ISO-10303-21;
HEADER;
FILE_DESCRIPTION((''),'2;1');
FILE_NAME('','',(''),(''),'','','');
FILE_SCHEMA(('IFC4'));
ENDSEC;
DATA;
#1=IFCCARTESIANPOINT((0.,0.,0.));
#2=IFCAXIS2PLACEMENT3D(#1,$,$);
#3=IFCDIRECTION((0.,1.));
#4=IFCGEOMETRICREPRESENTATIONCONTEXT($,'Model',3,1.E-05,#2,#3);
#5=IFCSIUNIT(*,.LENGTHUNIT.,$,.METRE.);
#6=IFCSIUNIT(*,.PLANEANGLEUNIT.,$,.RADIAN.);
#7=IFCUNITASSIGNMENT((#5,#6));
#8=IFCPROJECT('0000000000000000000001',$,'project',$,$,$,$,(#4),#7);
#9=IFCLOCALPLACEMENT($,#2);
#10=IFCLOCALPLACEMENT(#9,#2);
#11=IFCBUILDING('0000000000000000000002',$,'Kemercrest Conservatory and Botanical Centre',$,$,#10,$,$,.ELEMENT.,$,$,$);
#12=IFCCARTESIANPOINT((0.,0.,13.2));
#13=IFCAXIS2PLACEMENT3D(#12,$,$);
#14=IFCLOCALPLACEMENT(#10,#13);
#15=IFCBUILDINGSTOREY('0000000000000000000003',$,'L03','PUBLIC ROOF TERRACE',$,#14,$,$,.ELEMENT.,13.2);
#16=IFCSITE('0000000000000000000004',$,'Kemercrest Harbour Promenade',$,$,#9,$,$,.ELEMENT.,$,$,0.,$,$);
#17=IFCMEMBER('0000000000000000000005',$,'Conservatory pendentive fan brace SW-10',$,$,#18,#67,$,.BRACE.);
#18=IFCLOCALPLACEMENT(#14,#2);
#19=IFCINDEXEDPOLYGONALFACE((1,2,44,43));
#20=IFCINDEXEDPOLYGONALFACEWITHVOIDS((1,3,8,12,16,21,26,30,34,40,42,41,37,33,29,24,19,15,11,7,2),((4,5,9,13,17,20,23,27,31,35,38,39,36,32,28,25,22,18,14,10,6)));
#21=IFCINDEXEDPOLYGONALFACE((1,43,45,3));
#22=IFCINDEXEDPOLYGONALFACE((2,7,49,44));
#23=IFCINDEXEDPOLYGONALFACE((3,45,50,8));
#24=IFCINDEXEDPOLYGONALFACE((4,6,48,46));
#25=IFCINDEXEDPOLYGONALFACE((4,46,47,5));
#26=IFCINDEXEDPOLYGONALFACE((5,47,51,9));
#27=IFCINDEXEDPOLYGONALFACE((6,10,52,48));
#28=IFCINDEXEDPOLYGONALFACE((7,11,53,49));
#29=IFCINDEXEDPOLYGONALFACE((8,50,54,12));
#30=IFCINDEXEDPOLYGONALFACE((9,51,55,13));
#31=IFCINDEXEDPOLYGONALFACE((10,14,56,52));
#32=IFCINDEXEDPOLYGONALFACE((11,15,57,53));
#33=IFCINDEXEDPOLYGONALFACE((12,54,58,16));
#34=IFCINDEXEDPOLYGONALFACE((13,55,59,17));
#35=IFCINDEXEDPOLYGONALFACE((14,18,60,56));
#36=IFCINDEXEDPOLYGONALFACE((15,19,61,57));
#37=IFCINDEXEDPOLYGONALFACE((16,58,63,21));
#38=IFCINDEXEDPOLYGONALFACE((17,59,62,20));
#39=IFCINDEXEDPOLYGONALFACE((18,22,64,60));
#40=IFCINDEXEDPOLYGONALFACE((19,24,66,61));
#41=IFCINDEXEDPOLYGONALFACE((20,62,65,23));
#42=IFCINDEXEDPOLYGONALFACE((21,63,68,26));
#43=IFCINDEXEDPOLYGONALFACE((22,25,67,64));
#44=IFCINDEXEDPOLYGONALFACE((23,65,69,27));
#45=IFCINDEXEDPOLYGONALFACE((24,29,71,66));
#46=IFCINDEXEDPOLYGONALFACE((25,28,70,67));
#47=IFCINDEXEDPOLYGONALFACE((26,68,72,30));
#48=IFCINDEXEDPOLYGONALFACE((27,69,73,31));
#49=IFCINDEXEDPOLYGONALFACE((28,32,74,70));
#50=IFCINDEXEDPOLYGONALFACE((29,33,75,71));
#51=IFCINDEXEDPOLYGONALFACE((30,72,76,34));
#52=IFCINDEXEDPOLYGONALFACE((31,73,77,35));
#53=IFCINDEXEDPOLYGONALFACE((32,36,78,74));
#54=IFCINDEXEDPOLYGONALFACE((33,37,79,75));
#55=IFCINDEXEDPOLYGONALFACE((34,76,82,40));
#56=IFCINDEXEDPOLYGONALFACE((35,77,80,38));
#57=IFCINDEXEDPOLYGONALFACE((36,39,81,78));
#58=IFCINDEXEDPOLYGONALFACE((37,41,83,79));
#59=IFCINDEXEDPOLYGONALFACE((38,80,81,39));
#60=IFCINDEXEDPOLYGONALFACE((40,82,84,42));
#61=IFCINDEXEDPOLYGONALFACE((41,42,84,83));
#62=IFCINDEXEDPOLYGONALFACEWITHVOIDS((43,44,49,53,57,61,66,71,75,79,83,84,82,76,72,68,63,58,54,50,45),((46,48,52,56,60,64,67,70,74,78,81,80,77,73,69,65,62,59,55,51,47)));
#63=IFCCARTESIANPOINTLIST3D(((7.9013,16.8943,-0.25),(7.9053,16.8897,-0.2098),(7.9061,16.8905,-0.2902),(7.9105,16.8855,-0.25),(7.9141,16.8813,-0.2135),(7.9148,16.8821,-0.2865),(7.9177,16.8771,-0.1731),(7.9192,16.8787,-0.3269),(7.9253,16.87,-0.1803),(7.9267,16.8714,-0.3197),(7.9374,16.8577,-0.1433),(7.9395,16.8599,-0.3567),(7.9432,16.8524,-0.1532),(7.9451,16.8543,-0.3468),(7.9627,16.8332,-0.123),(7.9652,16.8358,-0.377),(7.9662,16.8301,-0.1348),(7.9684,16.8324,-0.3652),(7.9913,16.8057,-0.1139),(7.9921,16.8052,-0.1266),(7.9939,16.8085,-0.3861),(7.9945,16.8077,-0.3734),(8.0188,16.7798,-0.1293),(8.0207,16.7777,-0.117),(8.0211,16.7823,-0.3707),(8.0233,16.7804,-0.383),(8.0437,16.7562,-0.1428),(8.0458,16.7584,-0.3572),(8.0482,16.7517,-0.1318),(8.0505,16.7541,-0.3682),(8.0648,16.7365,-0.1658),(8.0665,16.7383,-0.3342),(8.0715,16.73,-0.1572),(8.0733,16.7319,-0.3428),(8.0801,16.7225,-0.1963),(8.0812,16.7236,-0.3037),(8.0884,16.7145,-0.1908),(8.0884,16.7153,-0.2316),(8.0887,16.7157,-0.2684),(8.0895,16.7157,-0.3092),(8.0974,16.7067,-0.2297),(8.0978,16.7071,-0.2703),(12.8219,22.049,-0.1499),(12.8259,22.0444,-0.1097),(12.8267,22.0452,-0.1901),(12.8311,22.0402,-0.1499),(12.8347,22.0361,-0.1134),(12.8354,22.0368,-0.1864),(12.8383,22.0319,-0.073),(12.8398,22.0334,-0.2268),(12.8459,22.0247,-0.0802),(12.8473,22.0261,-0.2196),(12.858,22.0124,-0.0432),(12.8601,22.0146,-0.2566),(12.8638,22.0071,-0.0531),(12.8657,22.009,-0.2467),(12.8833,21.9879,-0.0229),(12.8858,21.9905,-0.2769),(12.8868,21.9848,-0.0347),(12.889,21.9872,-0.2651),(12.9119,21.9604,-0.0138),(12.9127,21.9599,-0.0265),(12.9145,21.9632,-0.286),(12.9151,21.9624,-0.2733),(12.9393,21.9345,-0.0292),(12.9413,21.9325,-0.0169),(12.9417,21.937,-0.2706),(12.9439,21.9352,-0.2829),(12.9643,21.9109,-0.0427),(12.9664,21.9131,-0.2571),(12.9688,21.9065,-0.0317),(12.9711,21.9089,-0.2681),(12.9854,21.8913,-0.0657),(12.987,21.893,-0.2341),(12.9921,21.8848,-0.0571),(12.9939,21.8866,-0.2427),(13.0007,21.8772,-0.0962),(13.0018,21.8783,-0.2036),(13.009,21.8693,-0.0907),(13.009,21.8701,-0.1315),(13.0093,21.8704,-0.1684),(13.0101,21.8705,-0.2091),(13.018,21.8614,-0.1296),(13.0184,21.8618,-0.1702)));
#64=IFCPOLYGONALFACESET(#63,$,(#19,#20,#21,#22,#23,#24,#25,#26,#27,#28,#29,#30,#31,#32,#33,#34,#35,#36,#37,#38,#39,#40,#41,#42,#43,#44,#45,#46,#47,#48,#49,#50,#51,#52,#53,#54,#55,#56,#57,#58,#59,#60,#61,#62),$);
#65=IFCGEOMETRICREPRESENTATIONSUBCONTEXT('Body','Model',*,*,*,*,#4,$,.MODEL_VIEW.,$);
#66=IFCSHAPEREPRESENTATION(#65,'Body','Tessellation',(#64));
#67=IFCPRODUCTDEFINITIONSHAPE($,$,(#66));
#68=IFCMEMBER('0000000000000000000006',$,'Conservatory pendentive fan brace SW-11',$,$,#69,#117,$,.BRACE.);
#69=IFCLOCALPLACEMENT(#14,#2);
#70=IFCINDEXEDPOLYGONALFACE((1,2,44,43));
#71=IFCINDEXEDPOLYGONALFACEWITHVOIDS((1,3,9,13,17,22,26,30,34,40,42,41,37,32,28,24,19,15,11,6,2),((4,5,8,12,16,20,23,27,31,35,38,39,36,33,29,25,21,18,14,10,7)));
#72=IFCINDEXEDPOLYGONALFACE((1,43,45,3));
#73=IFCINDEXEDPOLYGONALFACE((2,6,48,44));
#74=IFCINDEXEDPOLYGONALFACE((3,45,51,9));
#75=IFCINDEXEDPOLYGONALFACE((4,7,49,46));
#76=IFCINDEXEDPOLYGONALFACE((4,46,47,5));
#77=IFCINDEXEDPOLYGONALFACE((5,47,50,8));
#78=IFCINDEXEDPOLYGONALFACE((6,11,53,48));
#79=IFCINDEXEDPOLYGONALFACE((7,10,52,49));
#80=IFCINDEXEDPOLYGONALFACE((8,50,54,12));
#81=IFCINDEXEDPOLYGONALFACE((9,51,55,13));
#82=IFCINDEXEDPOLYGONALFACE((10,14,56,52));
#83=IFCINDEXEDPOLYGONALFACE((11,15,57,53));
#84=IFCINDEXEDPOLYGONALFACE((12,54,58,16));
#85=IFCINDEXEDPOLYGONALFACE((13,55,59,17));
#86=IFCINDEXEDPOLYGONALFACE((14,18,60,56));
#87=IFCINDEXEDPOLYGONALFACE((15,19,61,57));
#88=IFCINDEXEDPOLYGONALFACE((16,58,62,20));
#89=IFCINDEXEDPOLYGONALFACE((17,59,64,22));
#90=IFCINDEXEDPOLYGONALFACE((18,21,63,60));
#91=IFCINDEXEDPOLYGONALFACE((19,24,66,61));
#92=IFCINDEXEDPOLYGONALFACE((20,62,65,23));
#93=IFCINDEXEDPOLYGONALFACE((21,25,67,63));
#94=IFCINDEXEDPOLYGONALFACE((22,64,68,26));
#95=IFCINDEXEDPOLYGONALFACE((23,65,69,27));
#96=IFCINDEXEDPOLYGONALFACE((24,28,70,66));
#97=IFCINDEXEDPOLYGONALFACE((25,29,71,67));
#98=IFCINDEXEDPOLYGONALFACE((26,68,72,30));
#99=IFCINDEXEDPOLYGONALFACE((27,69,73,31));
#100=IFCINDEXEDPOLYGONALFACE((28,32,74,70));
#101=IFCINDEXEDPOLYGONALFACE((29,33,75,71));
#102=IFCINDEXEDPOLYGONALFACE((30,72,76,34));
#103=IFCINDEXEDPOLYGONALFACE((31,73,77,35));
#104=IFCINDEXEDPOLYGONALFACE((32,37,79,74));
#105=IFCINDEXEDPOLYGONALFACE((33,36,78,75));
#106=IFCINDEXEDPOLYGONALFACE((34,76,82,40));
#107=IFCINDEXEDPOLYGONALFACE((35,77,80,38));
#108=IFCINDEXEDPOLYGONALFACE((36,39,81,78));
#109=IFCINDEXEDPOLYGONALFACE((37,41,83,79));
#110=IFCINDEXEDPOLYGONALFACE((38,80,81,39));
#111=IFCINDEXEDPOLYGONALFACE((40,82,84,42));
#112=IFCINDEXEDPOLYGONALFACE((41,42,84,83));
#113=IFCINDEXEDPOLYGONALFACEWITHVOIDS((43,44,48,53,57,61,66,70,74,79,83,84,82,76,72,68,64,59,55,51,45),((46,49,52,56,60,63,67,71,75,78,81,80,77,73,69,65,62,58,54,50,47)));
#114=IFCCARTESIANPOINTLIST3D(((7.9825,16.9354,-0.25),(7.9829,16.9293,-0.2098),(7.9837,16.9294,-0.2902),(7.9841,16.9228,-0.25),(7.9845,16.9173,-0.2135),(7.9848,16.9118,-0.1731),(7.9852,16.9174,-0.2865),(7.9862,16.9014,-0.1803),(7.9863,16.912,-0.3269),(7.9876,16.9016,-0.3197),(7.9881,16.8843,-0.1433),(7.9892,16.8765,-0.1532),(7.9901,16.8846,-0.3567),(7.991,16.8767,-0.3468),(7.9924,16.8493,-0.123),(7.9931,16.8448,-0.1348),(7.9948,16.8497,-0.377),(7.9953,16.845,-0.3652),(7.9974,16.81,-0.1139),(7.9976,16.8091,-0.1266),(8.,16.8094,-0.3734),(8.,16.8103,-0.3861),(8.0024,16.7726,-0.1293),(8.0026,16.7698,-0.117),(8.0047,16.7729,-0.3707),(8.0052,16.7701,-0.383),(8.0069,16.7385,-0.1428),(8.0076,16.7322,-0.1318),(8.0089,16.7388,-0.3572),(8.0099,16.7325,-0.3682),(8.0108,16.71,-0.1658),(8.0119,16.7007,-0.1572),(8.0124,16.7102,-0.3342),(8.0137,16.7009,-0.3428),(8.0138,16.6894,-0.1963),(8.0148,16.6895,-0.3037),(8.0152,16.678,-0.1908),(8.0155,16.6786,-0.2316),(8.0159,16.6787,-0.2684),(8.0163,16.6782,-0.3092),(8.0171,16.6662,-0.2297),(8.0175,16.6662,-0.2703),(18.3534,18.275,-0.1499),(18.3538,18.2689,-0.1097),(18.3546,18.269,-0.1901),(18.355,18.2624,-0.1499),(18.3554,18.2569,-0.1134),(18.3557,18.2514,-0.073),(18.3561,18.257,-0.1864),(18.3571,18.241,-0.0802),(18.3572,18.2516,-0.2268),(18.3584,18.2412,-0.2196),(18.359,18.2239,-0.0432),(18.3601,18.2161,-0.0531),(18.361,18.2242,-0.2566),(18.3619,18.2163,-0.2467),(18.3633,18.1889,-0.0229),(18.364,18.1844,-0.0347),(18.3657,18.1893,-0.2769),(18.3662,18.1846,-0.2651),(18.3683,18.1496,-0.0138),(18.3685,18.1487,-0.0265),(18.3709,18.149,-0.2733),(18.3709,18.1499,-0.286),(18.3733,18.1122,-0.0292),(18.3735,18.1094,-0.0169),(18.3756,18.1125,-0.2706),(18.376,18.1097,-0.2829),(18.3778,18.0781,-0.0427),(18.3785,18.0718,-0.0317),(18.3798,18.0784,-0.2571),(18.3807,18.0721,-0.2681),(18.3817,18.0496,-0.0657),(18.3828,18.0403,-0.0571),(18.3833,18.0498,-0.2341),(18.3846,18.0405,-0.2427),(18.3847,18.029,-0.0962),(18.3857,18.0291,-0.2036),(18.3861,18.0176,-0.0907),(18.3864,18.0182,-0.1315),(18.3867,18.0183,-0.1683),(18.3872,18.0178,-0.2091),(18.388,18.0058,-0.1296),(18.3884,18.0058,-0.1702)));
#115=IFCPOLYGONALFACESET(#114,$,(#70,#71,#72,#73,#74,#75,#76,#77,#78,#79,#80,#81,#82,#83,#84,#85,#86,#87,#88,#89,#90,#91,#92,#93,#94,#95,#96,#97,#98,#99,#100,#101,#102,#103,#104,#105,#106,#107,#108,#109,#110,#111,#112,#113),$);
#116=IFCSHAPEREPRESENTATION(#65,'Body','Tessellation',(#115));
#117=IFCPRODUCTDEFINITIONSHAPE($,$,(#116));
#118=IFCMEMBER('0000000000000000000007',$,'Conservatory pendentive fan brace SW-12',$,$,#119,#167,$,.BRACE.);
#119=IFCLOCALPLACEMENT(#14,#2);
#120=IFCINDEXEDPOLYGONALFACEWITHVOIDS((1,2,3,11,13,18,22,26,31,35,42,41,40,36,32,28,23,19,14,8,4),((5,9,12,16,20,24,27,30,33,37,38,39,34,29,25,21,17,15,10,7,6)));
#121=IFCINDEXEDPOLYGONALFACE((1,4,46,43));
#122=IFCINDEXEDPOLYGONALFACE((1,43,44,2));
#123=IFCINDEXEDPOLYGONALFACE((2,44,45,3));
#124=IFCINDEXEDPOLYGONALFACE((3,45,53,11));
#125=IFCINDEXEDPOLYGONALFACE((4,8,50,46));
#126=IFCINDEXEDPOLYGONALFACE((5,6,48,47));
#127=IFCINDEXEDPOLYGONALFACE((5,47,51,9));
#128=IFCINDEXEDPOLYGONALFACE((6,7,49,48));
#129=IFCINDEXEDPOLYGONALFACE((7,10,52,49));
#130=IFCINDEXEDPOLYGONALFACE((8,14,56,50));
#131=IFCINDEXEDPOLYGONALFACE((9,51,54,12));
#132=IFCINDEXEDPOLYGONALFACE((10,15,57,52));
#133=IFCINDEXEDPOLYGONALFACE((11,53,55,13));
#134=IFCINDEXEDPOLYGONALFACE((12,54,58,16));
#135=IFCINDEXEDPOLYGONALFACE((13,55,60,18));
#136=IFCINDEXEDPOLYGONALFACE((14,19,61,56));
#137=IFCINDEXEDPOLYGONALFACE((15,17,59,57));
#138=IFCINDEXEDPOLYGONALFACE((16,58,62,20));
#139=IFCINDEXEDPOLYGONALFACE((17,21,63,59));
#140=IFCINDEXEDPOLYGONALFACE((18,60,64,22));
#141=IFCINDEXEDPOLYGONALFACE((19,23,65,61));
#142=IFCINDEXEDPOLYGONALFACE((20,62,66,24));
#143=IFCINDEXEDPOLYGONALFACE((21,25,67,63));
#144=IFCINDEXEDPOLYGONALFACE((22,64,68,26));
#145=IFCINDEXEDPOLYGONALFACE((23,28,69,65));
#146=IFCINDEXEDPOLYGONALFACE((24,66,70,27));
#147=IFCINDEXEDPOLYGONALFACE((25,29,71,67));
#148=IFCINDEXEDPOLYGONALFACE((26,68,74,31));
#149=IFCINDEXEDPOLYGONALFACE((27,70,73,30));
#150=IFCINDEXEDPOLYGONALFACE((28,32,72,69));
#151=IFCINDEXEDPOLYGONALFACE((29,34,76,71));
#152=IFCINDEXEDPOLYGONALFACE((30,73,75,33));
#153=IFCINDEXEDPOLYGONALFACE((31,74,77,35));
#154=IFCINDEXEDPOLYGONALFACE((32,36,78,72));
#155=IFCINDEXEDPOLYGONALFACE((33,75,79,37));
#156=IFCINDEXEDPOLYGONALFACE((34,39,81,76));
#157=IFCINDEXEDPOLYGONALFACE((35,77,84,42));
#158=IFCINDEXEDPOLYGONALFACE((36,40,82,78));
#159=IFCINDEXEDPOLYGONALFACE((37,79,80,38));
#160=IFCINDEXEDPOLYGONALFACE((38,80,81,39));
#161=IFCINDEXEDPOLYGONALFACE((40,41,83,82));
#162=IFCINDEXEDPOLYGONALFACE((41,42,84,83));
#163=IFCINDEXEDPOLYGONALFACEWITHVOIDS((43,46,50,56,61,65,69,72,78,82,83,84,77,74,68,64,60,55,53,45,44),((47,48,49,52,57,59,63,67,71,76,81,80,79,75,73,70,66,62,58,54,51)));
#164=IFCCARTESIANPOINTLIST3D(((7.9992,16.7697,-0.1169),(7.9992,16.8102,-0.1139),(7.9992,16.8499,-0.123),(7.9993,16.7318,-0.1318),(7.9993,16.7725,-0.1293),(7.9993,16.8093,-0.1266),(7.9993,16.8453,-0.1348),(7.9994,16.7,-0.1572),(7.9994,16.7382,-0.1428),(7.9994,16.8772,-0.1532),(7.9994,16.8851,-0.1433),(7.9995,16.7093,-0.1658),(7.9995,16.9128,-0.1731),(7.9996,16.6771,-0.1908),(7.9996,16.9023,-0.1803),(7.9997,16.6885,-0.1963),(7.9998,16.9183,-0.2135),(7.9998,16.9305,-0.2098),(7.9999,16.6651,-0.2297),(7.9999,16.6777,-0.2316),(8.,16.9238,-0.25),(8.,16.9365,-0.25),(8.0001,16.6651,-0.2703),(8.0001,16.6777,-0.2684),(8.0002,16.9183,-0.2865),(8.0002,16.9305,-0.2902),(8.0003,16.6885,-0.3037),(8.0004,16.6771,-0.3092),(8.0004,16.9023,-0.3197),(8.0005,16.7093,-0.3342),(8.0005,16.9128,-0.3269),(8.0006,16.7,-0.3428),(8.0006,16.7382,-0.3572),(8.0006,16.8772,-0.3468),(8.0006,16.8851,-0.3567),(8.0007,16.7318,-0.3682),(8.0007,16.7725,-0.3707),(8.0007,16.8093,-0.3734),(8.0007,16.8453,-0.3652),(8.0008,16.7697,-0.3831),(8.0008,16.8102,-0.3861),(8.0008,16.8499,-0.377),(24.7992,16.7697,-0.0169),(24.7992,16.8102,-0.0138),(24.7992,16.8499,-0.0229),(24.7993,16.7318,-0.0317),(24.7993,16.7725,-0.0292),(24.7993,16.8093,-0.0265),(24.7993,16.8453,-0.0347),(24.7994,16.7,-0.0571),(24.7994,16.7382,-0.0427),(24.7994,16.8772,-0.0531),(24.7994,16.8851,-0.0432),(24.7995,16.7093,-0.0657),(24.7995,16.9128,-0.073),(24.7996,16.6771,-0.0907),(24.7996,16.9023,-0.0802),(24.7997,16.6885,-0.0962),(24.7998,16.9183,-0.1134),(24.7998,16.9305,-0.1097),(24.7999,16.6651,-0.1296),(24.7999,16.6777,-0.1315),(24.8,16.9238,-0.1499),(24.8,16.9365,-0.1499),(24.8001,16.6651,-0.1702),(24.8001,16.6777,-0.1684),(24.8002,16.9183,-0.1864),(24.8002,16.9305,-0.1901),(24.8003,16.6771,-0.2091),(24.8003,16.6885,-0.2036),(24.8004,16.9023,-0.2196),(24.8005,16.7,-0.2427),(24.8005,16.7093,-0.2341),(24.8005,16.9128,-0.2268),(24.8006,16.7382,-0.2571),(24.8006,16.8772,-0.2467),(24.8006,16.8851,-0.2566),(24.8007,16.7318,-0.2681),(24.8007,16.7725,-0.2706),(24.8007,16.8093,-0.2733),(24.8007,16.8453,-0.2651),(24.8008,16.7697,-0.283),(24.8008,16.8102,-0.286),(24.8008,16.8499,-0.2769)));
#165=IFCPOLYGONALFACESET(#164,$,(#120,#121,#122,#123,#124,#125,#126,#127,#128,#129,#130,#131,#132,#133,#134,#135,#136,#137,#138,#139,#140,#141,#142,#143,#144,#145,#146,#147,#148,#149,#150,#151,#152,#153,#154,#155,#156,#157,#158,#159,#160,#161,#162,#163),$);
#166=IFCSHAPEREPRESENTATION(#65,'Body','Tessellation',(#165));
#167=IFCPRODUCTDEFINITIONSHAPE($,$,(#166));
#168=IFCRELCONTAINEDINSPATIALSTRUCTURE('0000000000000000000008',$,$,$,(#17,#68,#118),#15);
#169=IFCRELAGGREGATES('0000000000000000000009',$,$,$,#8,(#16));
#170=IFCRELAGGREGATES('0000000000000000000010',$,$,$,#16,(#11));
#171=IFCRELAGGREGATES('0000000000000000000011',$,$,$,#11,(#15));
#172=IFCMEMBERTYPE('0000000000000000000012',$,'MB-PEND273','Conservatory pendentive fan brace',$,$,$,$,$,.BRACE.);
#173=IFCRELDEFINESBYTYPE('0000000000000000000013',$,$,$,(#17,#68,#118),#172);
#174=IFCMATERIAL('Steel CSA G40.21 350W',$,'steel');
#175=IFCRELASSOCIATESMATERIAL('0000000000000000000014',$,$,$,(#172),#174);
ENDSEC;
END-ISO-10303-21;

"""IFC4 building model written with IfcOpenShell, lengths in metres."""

from ifc_helpers import new_model, si_unit, direction, frame, origin, origin_2d, place, context, subcontext, project, spatial, hollow_circle, extrude, material, material_profile, profile_set, type_object, element, save


model = new_model("IFC4")

# Units and contexts
model_context = context("Model", 3, precision=1e-05, world=origin(), true_north=direction((0.0, 1.0)))
body_context = subcontext(model_context, "Body", "Model", "MODEL_VIEW")
ifc_project = project(units=[si_unit("LENGTHUNIT", "METRE"), si_unit("PLANEANGLEUNIT", "RADIAN")], contexts=[model_context])

# Site, building, storey
site_placement = place(None, origin())
site = spatial("IfcSite", under=ifc_project, at=site_placement, Name="Kemercrest Harbour Promenade", CompositionType="ELEMENT", RefElevation=0.0)
building_placement = place(site_placement, origin())
building = spatial("IfcBuilding", under=site, at=building_placement, Name="Kemercrest Conservatory and Botanical Centre", CompositionType="ELEMENT")
storey_placement = place(building_placement, frame((0.0, 0.0, 13.2)))
storey = spatial("IfcBuildingStorey", under=building, at=storey_placement, Name="L03", Description="PUBLIC ROOF TERRACE", CompositionType="ELEMENT", Elevation=13.2)

# Shared definitions
ifc_material_1 = material(Name="Steel CSA G40.21 350W", Category="steel")

# Members
ifc_material_profile_1 = material_profile(ifc_material_1, hollow_circle(Radius=0.1365, WallThickness=0.0127, at=origin_2d()), Name="CHS 273.1x12.7")
ifc_profile_set_1 = profile_set([ifc_material_profile_1], Name="Steel CSA G40.21 350W")
member_type_1 = type_object("IfcMemberType", Name="MB-PEND273", Description="Conservatory pendentive fan brace", PredefinedType="BRACE", material=ifc_profile_set_1)
member_1_placement = place(storey_placement, frame((8.0, 16.8, -0.25), z_axis=(0.690421, 0.723272, 0.014045), x_axis=(-0.723343, 0.690489, 0.0)))
element("IfcMember", 1, at=member_1_placement, inside=storey, type_object=member_type_1, Name="Conservatory pendentive fan brace SW-10", PredefinedType="BRACE", context=body_context, shape_type="SweptSolid", body=[
    extrude(hollow_circle(Radius=0.1365, WallThickness=0.0127, at=origin_2d()), origin(), (0.0, 0.0, 1.0), 7.127),
])
member_2_placement = place(storey_placement, frame((8.0, 16.8, -0.25), z_axis=(0.991715, 0.1281, 0.009572), x_axis=(-0.128105, 0.991761, 0.0)))
element("IfcMember", 2, at=member_2_placement, inside=storey, type_object=member_type_1, Name="Conservatory pendentive fan brace SW-11", PredefinedType="BRACE", context=body_context, shape_type="SweptSolid", body=[
    extrude(hollow_circle(Radius=0.1365, WallThickness=0.0127, at=origin_2d()), origin(), (0.0, 0.0, 1.0), 10.4575),
])
member_3_placement = place(storey_placement, frame((8.0, 16.8, -0.25), z_axis=(0.999982, 0.0, 0.005958), x_axis=(0.0, 1.0, 0.0)))
element("IfcMember", 3, at=member_3_placement, inside=storey, type_object=member_type_1, Name="Conservatory pendentive fan brace SW-12", PredefinedType="BRACE", context=body_context, shape_type="SweptSolid", body=[
    extrude(hollow_circle(Radius=0.1365, WallThickness=0.0127, at=origin_2d()), origin(), (0.0, 0.0, 1.0), 16.8003),
])

save(model, "model.ifc")
